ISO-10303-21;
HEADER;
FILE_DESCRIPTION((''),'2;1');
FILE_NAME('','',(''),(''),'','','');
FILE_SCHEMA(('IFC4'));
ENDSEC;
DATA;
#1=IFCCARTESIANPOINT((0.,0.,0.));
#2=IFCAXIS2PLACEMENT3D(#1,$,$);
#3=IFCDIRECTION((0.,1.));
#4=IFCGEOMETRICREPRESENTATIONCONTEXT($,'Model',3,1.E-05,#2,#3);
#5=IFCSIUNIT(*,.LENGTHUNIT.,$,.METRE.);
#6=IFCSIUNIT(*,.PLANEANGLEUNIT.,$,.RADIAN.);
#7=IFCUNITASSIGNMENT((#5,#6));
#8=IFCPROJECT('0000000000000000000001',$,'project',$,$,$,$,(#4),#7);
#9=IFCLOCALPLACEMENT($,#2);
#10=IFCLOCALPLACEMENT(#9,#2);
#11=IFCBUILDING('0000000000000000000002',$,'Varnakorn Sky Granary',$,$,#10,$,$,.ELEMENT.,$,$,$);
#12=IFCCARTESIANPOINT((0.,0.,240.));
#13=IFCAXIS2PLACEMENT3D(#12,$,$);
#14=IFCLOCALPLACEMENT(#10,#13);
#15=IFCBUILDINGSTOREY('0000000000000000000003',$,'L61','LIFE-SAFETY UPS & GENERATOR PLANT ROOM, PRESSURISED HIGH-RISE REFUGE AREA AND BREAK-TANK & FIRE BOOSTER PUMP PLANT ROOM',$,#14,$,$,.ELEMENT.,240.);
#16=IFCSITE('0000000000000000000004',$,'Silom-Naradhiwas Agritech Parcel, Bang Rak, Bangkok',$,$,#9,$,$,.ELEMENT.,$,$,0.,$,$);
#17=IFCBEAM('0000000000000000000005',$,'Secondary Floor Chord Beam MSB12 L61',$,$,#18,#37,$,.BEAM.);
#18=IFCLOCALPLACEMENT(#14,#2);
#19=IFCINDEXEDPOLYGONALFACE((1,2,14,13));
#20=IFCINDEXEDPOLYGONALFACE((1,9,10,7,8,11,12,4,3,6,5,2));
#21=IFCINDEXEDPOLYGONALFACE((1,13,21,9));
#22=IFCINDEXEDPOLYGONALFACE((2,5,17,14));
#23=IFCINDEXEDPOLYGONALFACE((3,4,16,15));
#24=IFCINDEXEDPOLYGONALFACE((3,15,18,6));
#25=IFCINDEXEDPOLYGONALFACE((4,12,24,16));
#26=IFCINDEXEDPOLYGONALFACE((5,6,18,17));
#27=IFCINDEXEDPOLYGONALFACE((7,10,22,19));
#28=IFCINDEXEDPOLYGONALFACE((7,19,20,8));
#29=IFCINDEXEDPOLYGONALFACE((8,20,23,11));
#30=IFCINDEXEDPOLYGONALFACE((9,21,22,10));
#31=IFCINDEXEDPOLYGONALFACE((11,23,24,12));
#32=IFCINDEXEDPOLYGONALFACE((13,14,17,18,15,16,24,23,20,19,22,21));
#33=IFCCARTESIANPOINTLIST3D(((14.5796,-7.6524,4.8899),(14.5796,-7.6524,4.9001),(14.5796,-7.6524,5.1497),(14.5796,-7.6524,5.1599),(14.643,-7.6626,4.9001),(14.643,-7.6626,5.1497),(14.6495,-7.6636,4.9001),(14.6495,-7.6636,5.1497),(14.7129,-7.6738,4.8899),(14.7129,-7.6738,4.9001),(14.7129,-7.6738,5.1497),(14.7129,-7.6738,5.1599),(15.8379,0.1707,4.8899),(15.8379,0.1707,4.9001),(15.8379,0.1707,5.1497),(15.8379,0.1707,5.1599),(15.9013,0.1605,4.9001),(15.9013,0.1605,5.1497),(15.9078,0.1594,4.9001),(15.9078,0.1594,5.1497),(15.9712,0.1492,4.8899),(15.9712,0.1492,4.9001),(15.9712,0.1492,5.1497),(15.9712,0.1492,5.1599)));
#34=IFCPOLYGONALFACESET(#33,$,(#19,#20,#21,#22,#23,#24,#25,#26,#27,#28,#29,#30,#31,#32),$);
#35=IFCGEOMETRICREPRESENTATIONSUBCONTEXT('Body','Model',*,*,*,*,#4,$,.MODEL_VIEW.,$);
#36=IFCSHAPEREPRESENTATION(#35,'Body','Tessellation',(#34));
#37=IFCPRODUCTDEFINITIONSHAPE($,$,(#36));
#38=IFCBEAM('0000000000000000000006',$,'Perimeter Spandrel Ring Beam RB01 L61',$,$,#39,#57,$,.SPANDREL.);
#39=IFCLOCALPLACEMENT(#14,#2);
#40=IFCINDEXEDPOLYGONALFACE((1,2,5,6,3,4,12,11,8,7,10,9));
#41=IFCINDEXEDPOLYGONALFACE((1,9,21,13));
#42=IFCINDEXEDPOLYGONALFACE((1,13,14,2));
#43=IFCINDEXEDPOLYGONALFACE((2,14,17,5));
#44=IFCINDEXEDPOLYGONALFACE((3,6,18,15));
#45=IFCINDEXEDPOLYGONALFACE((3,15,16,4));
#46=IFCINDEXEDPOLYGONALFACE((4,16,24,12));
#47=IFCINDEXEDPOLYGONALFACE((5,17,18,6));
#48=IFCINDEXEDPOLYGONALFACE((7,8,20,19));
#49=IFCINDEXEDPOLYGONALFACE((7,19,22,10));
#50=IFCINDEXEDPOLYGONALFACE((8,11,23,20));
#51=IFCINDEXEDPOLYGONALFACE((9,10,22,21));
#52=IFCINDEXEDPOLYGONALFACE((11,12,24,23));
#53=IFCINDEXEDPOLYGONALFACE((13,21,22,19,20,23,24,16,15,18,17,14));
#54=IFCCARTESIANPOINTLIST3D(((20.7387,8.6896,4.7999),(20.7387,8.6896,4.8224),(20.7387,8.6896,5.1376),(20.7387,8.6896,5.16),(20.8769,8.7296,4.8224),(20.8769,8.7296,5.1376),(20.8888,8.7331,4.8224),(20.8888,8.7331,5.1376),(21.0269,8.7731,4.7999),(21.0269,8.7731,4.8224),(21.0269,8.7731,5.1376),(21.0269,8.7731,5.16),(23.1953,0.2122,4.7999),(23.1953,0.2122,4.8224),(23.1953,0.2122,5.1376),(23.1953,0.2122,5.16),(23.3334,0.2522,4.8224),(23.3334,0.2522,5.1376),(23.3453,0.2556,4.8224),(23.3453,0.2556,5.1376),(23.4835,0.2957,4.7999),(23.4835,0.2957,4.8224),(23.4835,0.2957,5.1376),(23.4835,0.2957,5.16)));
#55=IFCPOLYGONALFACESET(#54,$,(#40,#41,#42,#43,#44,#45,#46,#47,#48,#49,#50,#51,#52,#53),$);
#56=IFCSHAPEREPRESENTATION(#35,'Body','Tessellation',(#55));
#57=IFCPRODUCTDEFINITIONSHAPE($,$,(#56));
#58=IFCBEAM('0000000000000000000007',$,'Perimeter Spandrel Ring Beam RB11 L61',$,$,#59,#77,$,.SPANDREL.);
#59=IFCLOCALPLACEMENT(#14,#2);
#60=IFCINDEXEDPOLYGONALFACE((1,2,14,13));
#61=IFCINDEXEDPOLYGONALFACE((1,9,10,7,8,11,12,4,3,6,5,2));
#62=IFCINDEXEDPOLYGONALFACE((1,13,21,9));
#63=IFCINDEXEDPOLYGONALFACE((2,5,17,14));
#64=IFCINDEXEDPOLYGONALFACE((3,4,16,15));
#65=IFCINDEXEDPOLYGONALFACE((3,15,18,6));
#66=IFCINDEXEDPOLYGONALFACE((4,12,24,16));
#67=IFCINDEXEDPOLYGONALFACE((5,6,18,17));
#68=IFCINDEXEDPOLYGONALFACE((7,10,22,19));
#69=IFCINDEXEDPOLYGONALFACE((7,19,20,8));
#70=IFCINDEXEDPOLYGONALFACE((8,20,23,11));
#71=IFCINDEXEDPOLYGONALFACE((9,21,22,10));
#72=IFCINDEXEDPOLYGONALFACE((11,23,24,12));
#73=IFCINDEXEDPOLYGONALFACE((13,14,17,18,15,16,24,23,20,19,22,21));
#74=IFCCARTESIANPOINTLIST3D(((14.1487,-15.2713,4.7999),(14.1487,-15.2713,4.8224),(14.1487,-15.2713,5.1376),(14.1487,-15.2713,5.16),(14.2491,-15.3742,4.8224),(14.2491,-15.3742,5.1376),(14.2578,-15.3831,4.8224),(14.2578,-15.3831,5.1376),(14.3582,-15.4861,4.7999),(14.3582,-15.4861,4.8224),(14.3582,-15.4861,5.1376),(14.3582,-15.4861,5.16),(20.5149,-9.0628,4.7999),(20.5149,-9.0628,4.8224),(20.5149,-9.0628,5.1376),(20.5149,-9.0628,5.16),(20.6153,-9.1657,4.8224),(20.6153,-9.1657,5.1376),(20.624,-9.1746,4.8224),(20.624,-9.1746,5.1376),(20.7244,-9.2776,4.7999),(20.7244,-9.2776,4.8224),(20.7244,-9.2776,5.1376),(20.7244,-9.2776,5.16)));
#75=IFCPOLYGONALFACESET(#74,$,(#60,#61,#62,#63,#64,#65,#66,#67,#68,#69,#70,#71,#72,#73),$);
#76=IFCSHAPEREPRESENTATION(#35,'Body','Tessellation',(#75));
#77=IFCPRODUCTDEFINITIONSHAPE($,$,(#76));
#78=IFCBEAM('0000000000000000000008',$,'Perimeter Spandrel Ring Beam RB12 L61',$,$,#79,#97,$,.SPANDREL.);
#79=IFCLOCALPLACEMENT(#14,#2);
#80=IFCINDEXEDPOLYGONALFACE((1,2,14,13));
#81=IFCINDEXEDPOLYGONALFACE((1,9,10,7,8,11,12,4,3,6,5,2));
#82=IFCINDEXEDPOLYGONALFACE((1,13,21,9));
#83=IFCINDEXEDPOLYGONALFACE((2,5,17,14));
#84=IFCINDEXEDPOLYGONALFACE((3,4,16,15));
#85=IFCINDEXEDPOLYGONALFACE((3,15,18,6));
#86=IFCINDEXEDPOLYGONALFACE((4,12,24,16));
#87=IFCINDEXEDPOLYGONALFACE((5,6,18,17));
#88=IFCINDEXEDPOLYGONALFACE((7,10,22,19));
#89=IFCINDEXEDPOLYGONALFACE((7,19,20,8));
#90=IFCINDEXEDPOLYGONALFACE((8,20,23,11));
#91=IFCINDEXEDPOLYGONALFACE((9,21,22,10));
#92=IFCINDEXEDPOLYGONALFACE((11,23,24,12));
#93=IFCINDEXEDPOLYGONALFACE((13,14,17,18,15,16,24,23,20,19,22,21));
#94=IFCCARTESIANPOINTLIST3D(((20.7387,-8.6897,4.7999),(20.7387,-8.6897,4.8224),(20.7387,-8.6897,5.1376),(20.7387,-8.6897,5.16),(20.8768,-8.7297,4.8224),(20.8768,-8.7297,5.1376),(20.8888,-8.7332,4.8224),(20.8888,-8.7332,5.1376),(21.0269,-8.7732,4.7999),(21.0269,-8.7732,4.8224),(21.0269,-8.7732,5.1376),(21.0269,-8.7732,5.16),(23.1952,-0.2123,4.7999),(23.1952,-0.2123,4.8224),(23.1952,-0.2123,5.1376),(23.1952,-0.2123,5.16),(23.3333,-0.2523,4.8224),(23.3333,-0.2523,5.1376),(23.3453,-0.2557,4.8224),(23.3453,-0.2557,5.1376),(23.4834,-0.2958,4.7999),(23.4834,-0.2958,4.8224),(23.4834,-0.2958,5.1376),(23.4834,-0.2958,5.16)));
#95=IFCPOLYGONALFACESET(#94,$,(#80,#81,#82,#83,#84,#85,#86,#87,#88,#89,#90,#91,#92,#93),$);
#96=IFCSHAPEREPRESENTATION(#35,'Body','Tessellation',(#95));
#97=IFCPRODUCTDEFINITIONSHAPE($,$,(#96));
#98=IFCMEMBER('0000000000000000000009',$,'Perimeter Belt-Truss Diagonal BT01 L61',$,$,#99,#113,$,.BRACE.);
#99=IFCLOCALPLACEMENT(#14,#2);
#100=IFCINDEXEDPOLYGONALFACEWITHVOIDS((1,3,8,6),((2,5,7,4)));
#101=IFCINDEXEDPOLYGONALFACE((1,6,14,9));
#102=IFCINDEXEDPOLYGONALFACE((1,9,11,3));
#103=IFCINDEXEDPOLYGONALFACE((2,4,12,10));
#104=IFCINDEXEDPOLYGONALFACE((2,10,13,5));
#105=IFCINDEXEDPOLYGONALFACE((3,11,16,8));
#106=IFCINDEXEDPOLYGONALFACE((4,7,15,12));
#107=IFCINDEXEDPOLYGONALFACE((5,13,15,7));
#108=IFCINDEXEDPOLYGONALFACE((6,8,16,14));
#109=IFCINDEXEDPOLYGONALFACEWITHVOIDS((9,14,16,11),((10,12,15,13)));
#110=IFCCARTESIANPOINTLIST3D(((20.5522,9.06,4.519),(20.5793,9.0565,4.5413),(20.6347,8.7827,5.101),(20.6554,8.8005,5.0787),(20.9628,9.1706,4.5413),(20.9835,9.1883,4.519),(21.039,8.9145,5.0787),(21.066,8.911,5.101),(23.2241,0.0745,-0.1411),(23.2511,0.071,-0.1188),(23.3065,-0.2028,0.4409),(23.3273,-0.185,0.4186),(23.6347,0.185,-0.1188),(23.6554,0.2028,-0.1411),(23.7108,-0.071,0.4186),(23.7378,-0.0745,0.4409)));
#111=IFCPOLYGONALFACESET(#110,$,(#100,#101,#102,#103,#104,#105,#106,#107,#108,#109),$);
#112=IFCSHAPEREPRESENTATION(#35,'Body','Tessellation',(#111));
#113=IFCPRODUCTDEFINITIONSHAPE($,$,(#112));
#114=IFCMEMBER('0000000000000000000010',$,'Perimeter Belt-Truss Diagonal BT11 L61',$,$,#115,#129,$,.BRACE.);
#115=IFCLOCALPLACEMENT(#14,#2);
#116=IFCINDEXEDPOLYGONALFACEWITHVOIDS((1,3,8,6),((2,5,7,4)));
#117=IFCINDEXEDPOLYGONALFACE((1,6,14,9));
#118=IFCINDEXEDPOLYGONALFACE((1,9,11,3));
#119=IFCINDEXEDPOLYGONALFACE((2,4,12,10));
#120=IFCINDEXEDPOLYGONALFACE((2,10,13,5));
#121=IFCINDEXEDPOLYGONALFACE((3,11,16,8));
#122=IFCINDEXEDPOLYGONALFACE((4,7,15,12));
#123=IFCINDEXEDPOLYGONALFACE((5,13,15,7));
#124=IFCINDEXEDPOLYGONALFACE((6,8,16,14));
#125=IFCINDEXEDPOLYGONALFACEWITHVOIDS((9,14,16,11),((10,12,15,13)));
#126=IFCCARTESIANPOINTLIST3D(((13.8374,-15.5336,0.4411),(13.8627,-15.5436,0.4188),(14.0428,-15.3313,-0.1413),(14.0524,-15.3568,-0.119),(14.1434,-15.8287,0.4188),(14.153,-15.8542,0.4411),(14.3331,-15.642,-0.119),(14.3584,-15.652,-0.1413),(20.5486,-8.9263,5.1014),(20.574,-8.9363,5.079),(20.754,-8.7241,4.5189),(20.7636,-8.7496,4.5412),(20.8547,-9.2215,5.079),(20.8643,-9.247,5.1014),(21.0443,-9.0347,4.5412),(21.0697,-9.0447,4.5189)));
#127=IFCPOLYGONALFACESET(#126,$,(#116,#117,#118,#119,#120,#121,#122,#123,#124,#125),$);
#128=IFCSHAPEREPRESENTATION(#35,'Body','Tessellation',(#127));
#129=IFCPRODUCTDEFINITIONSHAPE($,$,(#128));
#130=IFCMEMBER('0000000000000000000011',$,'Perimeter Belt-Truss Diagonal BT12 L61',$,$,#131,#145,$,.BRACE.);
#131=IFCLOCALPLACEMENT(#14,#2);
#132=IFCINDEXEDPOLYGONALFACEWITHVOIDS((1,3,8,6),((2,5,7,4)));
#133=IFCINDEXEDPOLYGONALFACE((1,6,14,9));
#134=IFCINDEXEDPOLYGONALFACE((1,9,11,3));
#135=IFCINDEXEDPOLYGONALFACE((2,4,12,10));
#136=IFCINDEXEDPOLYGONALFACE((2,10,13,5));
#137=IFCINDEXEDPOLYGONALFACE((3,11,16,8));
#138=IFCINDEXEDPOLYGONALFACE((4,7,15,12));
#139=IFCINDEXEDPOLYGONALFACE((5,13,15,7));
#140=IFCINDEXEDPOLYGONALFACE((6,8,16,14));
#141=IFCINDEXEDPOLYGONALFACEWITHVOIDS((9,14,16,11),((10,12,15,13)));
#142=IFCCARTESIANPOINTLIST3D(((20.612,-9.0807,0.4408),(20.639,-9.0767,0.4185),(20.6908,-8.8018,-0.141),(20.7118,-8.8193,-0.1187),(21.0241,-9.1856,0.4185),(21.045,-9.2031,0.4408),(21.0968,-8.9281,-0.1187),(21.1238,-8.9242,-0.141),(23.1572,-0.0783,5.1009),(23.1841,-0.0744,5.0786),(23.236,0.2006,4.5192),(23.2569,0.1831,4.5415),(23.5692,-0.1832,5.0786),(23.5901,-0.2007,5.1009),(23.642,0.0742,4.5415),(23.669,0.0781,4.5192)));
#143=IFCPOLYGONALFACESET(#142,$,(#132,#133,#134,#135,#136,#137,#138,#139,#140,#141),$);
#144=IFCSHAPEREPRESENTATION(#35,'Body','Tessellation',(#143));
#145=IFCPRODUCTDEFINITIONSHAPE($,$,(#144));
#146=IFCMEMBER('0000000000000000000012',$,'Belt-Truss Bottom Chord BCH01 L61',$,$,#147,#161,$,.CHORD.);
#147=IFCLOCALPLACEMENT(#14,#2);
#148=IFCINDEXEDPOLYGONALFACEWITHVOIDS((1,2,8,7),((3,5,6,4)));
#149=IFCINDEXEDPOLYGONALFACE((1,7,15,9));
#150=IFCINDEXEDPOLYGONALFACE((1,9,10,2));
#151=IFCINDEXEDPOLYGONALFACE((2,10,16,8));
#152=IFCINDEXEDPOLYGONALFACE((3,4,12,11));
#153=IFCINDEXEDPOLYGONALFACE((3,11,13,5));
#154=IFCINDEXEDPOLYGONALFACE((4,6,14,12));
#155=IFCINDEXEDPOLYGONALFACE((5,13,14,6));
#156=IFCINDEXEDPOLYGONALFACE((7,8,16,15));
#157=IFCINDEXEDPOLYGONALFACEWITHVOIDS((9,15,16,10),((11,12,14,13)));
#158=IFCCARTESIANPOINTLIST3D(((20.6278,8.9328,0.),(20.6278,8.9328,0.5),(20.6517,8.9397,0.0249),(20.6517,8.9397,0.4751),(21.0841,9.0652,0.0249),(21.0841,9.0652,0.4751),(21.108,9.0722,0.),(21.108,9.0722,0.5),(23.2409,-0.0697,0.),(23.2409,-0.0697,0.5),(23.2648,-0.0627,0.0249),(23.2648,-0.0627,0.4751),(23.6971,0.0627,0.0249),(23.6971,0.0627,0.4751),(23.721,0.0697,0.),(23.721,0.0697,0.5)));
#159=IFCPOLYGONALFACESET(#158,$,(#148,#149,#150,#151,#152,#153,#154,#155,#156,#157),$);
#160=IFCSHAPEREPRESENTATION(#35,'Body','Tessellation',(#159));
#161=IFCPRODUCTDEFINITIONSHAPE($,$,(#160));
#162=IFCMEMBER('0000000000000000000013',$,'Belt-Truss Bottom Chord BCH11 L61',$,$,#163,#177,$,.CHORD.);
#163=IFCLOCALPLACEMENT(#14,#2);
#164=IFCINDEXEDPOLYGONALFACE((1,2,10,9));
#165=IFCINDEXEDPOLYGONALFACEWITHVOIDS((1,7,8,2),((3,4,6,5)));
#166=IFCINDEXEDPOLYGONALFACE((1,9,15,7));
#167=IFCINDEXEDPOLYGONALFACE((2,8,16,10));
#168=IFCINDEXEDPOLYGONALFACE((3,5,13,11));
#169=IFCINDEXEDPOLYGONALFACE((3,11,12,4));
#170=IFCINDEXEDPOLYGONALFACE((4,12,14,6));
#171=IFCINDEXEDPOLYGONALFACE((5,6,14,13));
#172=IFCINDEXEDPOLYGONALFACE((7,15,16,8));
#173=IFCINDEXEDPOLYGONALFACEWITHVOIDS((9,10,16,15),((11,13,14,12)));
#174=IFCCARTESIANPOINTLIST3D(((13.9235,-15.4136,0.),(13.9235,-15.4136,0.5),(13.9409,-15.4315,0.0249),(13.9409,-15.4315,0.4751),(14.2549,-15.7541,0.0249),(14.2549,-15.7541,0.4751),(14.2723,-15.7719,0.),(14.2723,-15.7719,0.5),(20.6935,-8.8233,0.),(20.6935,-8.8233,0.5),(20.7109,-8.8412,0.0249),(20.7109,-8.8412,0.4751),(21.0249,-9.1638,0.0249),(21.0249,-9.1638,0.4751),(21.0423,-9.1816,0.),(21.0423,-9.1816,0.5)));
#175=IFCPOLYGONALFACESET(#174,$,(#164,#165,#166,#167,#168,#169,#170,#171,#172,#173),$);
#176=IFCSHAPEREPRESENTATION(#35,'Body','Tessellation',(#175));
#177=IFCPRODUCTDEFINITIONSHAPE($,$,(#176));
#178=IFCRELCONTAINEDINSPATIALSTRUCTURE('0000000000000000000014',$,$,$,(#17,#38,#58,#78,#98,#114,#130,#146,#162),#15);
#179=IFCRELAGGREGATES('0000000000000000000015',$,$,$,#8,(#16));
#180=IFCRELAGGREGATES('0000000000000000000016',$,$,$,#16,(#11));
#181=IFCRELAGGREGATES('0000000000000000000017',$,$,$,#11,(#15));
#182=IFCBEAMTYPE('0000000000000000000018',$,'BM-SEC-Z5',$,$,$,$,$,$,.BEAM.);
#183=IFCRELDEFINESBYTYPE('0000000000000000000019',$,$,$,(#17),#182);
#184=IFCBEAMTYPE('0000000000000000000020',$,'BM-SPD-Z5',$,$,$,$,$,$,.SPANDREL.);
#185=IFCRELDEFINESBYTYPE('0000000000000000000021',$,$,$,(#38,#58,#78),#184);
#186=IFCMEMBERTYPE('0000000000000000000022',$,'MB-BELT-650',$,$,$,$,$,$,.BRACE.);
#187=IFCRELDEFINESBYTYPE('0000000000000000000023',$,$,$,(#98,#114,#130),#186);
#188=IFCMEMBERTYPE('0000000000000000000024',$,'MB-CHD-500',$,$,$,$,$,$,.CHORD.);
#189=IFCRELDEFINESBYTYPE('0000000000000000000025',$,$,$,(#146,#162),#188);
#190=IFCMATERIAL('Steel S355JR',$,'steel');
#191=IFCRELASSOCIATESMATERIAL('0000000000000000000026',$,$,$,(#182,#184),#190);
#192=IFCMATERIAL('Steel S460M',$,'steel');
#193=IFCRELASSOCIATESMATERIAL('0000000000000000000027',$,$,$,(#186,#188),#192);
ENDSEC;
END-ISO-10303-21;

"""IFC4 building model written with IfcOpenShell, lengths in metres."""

from ifc_helpers import new_model, si_unit, direction, frame, origin, origin_2d, place, context, subcontext, project, spatial, hollow_rectangle, i_section, extrude, material, material_profile, profile_set, type_object, element, save


model = new_model("IFC4")

# Units and contexts
model_context = context("Model", 3, precision=1e-05, world=origin(), true_north=direction((0.0, 1.0)))
body_context = subcontext(model_context, "Body", "Model", "MODEL_VIEW")
ifc_project = project(units=[si_unit("LENGTHUNIT", "METRE"), si_unit("PLANEANGLEUNIT", "RADIAN")], contexts=[model_context])

# Site, building, storey
site_placement = place(None, origin())
site = spatial("IfcSite", under=ifc_project, at=site_placement, Name="Silom-Naradhiwas Agritech Parcel, Bang Rak, Bangkok", CompositionType="ELEMENT", RefElevation=0.0)
building_placement = place(site_placement, origin())
building = spatial("IfcBuilding", under=site, at=building_placement, Name="Varnakorn Sky Granary", CompositionType="ELEMENT")
storey_placement = place(building_placement, frame((0.0, 0.0, 240.0)))
storey = spatial("IfcBuildingStorey", under=building, at=storey_placement, Name="L61", Description="LIFE-SAFETY UPS & GENERATOR PLANT ROOM, PRESSURISED HIGH-RISE REFUGE AREA AND BREAK-TANK & FIRE BOOSTER PUMP PLANT ROOM", CompositionType="ELEMENT", Elevation=240.0)

# Shared definitions
ifc_material_1 = material(Name="Steel S460M", Category="steel")

# Beams
ifc_material_2 = material(Name="Steel S355JR", Category="steel")
ifc_material_profile_1 = material_profile(ifc_material_2, i_section(OverallWidth=0.135, OverallDepth=0.27, WebThickness=0.0066, FlangeThickness=0.0103, at=origin_2d()), Name="IPE 270")
ifc_profile_set_1 = profile_set([ifc_material_profile_1], Name="Steel S355JR")
beam_type_1 = type_object("IfcBeamType", Name="BM-SEC-Z5", PredefinedType="BEAM", material=ifc_profile_set_1)
beam_1_placement = place(storey_placement, frame((14.6462, -7.6631, 5.0249), z_axis=(0.158805, 0.98731, 0.0), x_axis=(-0.98731, 0.158805, 0.0)))
element("IfcBeam", 1, at=beam_1_placement, inside=storey, type_object=beam_type_1, Name="Secondary Floor Chord Beam MSB12 L61", PredefinedType="BEAM", context=body_context, shape_type="SweptSolid", body=[
    extrude(i_section(OverallWidth=0.135, OverallDepth=0.27, WebThickness=0.0066, FlangeThickness=0.0103, at=origin_2d()), origin(), (0.0, 0.0, 1.0), 7.9236),
])
ifc_material_profile_2 = material_profile(ifc_material_2, i_section(OverallWidth=0.3, OverallDepth=0.3601, WebThickness=0.0125, FlangeThickness=0.0225, at=origin_2d()), Name="HE 360 B")
ifc_profile_set_2 = profile_set([ifc_material_profile_2], Name="Steel S355JR")
beam_type_2 = type_object("IfcBeamType", Name="BM-SPD-Z5", PredefinedType="SPANDREL", material=ifc_profile_set_2)
beam_2_placement = place(storey_placement, frame((23.3394, 0.2539, 4.98), z_axis=(-0.278321, 0.960488, 0.0), x_axis=(-0.960488, -0.278321, 0.0)))
element("IfcBeam", 2, at=beam_2_placement, inside=storey, type_object=beam_type_2, Name="Perimeter Spandrel Ring Beam RB01 L61", PredefinedType="SPANDREL", context=body_context, shape_type="SweptSolid", body=[
    extrude(i_section(OverallWidth=0.3, OverallDepth=0.3601, WebThickness=0.0125, FlangeThickness=0.0225, at=origin_2d()), origin(), (0.0, 0.0, 1.0), 8.8262),
])
beam_3_placement = place(storey_placement, frame((14.2534, -15.3787, 4.98), z_axis=(0.715919, 0.698183, 0.0), x_axis=(-0.698183, 0.715919, 0.0)))
element("IfcBeam", 3, at=beam_3_placement, inside=storey, type_object=beam_type_2, Name="Perimeter Spandrel Ring Beam RB11 L61", PredefinedType="SPANDREL", context=body_context, shape_type="SweptSolid", body=[
    extrude(i_section(OverallWidth=0.3, OverallDepth=0.3601, WebThickness=0.0125, FlangeThickness=0.0225, at=origin_2d()), origin(), (0.0, 0.0, 1.0), 8.8923),
])
beam_4_placement = place(storey_placement, frame((20.8828, -8.7314, 4.98), z_axis=(0.278321, 0.960488, 0.0), x_axis=(-0.960488, 0.278321, 0.0)))
element("IfcBeam", 4, at=beam_4_placement, inside=storey, type_object=beam_type_2, Name="Perimeter Spandrel Ring Beam RB12 L61", PredefinedType="SPANDREL", context=body_context, shape_type="SweptSolid", body=[
    extrude(i_section(OverallWidth=0.3, OverallDepth=0.3601, WebThickness=0.0125, FlangeThickness=0.0225, at=origin_2d()), origin(), (0.0, 0.0, 1.0), 8.8262),
])

# Members
ifc_material_profile_3 = material_profile(ifc_material_1, hollow_rectangle(XDim=0.45, YDim=0.6499, WallThickness=0.0249, at=origin_2d()), Name="RHS 450x650x25")
ifc_profile_set_3 = profile_set([ifc_material_profile_3], Name="Steel S460M")
member_type_1 = type_object("IfcMemberType", Name="MB-BELT-650", PredefinedType="BRACE", material=ifc_profile_set_3)
member_1_placement = place(storey_placement, frame((23.481, 0.0, 0.1499), z_axis=(-0.255221, 0.858317, 0.445145), x_axis=(-0.958522, -0.285017, 0.0)))
element("IfcMember", 5, at=member_1_placement, inside=storey, type_object=member_type_1, Name="Perimeter Belt-Truss Diagonal BT01 L61", PredefinedType="BRACE", context=body_context, shape_type="SweptSolid", body=[
    extrude(hollow_rectangle(XDim=0.45, YDim=0.6499, WallThickness=0.0249, at=origin_2d()), origin(), (0.0, 0.0, 1.0), 10.4688),
])
member_2_placement = place(storey_placement, frame((14.0979, -15.5928, 0.1499), z_axis=(0.638692, 0.628794, 0.443499), x_axis=(-0.701564, 0.712607, 0.0)))
element("IfcMember", 6, at=member_2_placement, inside=storey, type_object=member_type_1, Name="Perimeter Belt-Truss Diagonal BT11 L61", PredefinedType="BRACE", context=body_context, shape_type="SweptSolid", body=[
    extrude(hollow_rectangle(XDim=0.45, YDim=0.6499, WallThickness=0.0249, at=origin_2d()), origin(), (0.0, 0.0, 1.0), 10.5078),
])
member_3_placement = place(storey_placement, frame((20.8679, -9.0024, 0.1499), z_axis=(0.243516, 0.861334, 0.445874), x_axis=(-0.962281, 0.272056, 0.0)))
element("IfcMember", 7, at=member_3_placement, inside=storey, type_object=member_type_1, Name="Perimeter Belt-Truss Diagonal BT12 L61", PredefinedType="BRACE", context=body_context, shape_type="SweptSolid", body=[
    extrude(hollow_rectangle(XDim=0.45, YDim=0.6499, WallThickness=0.0249, at=origin_2d()), origin(), (0.0, 0.0, 1.0), 10.4517),
])
ifc_material_profile_4 = material_profile(ifc_material_1, hollow_rectangle(XDim=0.5, YDim=0.5, WallThickness=0.0249, at=origin_2d()), Name="SHS 500x500x25")
ifc_profile_set_4 = profile_set([ifc_material_profile_4], Name="Steel S460M")
member_type_2 = type_object("IfcMemberType", Name="MB-CHD-500", PredefinedType="CHORD", material=ifc_profile_set_4)
member_4_placement = place(storey_placement, frame((23.481, 0.0, 0.25), z_axis=(-0.278754, 0.960363, 0.0), x_axis=(-0.960363, -0.278754, 0.0)))
element("IfcMember", 8, at=member_4_placement, inside=storey, type_object=member_type_2, Name="Belt-Truss Bottom Chord BCH01 L61", PredefinedType="CHORD", context=body_context, shape_type="SweptSolid", body=[
    extrude(hollow_rectangle(XDim=0.5, YDim=0.5, WallThickness=0.0249, at=origin_2d()), origin(), (0.0, 0.0, 1.0), 9.374),
])
member_5_placement = place(storey_placement, frame((14.0979, -15.5928, 0.25), z_axis=(0.716552, 0.697534, 0.0), x_axis=(-0.697534, 0.716552, 0.0)))
element("IfcMember", 9, at=member_5_placement, inside=storey, type_object=member_type_2, Name="Belt-Truss Bottom Chord BCH11 L61", PredefinedType="CHORD", context=body_context, shape_type="SweptSolid", body=[
    extrude(hollow_rectangle(XDim=0.5, YDim=0.5, WallThickness=0.0249, at=origin_2d()), origin(), (0.0, 0.0, 1.0), 9.448),
])

save(model, "model.ifc")
